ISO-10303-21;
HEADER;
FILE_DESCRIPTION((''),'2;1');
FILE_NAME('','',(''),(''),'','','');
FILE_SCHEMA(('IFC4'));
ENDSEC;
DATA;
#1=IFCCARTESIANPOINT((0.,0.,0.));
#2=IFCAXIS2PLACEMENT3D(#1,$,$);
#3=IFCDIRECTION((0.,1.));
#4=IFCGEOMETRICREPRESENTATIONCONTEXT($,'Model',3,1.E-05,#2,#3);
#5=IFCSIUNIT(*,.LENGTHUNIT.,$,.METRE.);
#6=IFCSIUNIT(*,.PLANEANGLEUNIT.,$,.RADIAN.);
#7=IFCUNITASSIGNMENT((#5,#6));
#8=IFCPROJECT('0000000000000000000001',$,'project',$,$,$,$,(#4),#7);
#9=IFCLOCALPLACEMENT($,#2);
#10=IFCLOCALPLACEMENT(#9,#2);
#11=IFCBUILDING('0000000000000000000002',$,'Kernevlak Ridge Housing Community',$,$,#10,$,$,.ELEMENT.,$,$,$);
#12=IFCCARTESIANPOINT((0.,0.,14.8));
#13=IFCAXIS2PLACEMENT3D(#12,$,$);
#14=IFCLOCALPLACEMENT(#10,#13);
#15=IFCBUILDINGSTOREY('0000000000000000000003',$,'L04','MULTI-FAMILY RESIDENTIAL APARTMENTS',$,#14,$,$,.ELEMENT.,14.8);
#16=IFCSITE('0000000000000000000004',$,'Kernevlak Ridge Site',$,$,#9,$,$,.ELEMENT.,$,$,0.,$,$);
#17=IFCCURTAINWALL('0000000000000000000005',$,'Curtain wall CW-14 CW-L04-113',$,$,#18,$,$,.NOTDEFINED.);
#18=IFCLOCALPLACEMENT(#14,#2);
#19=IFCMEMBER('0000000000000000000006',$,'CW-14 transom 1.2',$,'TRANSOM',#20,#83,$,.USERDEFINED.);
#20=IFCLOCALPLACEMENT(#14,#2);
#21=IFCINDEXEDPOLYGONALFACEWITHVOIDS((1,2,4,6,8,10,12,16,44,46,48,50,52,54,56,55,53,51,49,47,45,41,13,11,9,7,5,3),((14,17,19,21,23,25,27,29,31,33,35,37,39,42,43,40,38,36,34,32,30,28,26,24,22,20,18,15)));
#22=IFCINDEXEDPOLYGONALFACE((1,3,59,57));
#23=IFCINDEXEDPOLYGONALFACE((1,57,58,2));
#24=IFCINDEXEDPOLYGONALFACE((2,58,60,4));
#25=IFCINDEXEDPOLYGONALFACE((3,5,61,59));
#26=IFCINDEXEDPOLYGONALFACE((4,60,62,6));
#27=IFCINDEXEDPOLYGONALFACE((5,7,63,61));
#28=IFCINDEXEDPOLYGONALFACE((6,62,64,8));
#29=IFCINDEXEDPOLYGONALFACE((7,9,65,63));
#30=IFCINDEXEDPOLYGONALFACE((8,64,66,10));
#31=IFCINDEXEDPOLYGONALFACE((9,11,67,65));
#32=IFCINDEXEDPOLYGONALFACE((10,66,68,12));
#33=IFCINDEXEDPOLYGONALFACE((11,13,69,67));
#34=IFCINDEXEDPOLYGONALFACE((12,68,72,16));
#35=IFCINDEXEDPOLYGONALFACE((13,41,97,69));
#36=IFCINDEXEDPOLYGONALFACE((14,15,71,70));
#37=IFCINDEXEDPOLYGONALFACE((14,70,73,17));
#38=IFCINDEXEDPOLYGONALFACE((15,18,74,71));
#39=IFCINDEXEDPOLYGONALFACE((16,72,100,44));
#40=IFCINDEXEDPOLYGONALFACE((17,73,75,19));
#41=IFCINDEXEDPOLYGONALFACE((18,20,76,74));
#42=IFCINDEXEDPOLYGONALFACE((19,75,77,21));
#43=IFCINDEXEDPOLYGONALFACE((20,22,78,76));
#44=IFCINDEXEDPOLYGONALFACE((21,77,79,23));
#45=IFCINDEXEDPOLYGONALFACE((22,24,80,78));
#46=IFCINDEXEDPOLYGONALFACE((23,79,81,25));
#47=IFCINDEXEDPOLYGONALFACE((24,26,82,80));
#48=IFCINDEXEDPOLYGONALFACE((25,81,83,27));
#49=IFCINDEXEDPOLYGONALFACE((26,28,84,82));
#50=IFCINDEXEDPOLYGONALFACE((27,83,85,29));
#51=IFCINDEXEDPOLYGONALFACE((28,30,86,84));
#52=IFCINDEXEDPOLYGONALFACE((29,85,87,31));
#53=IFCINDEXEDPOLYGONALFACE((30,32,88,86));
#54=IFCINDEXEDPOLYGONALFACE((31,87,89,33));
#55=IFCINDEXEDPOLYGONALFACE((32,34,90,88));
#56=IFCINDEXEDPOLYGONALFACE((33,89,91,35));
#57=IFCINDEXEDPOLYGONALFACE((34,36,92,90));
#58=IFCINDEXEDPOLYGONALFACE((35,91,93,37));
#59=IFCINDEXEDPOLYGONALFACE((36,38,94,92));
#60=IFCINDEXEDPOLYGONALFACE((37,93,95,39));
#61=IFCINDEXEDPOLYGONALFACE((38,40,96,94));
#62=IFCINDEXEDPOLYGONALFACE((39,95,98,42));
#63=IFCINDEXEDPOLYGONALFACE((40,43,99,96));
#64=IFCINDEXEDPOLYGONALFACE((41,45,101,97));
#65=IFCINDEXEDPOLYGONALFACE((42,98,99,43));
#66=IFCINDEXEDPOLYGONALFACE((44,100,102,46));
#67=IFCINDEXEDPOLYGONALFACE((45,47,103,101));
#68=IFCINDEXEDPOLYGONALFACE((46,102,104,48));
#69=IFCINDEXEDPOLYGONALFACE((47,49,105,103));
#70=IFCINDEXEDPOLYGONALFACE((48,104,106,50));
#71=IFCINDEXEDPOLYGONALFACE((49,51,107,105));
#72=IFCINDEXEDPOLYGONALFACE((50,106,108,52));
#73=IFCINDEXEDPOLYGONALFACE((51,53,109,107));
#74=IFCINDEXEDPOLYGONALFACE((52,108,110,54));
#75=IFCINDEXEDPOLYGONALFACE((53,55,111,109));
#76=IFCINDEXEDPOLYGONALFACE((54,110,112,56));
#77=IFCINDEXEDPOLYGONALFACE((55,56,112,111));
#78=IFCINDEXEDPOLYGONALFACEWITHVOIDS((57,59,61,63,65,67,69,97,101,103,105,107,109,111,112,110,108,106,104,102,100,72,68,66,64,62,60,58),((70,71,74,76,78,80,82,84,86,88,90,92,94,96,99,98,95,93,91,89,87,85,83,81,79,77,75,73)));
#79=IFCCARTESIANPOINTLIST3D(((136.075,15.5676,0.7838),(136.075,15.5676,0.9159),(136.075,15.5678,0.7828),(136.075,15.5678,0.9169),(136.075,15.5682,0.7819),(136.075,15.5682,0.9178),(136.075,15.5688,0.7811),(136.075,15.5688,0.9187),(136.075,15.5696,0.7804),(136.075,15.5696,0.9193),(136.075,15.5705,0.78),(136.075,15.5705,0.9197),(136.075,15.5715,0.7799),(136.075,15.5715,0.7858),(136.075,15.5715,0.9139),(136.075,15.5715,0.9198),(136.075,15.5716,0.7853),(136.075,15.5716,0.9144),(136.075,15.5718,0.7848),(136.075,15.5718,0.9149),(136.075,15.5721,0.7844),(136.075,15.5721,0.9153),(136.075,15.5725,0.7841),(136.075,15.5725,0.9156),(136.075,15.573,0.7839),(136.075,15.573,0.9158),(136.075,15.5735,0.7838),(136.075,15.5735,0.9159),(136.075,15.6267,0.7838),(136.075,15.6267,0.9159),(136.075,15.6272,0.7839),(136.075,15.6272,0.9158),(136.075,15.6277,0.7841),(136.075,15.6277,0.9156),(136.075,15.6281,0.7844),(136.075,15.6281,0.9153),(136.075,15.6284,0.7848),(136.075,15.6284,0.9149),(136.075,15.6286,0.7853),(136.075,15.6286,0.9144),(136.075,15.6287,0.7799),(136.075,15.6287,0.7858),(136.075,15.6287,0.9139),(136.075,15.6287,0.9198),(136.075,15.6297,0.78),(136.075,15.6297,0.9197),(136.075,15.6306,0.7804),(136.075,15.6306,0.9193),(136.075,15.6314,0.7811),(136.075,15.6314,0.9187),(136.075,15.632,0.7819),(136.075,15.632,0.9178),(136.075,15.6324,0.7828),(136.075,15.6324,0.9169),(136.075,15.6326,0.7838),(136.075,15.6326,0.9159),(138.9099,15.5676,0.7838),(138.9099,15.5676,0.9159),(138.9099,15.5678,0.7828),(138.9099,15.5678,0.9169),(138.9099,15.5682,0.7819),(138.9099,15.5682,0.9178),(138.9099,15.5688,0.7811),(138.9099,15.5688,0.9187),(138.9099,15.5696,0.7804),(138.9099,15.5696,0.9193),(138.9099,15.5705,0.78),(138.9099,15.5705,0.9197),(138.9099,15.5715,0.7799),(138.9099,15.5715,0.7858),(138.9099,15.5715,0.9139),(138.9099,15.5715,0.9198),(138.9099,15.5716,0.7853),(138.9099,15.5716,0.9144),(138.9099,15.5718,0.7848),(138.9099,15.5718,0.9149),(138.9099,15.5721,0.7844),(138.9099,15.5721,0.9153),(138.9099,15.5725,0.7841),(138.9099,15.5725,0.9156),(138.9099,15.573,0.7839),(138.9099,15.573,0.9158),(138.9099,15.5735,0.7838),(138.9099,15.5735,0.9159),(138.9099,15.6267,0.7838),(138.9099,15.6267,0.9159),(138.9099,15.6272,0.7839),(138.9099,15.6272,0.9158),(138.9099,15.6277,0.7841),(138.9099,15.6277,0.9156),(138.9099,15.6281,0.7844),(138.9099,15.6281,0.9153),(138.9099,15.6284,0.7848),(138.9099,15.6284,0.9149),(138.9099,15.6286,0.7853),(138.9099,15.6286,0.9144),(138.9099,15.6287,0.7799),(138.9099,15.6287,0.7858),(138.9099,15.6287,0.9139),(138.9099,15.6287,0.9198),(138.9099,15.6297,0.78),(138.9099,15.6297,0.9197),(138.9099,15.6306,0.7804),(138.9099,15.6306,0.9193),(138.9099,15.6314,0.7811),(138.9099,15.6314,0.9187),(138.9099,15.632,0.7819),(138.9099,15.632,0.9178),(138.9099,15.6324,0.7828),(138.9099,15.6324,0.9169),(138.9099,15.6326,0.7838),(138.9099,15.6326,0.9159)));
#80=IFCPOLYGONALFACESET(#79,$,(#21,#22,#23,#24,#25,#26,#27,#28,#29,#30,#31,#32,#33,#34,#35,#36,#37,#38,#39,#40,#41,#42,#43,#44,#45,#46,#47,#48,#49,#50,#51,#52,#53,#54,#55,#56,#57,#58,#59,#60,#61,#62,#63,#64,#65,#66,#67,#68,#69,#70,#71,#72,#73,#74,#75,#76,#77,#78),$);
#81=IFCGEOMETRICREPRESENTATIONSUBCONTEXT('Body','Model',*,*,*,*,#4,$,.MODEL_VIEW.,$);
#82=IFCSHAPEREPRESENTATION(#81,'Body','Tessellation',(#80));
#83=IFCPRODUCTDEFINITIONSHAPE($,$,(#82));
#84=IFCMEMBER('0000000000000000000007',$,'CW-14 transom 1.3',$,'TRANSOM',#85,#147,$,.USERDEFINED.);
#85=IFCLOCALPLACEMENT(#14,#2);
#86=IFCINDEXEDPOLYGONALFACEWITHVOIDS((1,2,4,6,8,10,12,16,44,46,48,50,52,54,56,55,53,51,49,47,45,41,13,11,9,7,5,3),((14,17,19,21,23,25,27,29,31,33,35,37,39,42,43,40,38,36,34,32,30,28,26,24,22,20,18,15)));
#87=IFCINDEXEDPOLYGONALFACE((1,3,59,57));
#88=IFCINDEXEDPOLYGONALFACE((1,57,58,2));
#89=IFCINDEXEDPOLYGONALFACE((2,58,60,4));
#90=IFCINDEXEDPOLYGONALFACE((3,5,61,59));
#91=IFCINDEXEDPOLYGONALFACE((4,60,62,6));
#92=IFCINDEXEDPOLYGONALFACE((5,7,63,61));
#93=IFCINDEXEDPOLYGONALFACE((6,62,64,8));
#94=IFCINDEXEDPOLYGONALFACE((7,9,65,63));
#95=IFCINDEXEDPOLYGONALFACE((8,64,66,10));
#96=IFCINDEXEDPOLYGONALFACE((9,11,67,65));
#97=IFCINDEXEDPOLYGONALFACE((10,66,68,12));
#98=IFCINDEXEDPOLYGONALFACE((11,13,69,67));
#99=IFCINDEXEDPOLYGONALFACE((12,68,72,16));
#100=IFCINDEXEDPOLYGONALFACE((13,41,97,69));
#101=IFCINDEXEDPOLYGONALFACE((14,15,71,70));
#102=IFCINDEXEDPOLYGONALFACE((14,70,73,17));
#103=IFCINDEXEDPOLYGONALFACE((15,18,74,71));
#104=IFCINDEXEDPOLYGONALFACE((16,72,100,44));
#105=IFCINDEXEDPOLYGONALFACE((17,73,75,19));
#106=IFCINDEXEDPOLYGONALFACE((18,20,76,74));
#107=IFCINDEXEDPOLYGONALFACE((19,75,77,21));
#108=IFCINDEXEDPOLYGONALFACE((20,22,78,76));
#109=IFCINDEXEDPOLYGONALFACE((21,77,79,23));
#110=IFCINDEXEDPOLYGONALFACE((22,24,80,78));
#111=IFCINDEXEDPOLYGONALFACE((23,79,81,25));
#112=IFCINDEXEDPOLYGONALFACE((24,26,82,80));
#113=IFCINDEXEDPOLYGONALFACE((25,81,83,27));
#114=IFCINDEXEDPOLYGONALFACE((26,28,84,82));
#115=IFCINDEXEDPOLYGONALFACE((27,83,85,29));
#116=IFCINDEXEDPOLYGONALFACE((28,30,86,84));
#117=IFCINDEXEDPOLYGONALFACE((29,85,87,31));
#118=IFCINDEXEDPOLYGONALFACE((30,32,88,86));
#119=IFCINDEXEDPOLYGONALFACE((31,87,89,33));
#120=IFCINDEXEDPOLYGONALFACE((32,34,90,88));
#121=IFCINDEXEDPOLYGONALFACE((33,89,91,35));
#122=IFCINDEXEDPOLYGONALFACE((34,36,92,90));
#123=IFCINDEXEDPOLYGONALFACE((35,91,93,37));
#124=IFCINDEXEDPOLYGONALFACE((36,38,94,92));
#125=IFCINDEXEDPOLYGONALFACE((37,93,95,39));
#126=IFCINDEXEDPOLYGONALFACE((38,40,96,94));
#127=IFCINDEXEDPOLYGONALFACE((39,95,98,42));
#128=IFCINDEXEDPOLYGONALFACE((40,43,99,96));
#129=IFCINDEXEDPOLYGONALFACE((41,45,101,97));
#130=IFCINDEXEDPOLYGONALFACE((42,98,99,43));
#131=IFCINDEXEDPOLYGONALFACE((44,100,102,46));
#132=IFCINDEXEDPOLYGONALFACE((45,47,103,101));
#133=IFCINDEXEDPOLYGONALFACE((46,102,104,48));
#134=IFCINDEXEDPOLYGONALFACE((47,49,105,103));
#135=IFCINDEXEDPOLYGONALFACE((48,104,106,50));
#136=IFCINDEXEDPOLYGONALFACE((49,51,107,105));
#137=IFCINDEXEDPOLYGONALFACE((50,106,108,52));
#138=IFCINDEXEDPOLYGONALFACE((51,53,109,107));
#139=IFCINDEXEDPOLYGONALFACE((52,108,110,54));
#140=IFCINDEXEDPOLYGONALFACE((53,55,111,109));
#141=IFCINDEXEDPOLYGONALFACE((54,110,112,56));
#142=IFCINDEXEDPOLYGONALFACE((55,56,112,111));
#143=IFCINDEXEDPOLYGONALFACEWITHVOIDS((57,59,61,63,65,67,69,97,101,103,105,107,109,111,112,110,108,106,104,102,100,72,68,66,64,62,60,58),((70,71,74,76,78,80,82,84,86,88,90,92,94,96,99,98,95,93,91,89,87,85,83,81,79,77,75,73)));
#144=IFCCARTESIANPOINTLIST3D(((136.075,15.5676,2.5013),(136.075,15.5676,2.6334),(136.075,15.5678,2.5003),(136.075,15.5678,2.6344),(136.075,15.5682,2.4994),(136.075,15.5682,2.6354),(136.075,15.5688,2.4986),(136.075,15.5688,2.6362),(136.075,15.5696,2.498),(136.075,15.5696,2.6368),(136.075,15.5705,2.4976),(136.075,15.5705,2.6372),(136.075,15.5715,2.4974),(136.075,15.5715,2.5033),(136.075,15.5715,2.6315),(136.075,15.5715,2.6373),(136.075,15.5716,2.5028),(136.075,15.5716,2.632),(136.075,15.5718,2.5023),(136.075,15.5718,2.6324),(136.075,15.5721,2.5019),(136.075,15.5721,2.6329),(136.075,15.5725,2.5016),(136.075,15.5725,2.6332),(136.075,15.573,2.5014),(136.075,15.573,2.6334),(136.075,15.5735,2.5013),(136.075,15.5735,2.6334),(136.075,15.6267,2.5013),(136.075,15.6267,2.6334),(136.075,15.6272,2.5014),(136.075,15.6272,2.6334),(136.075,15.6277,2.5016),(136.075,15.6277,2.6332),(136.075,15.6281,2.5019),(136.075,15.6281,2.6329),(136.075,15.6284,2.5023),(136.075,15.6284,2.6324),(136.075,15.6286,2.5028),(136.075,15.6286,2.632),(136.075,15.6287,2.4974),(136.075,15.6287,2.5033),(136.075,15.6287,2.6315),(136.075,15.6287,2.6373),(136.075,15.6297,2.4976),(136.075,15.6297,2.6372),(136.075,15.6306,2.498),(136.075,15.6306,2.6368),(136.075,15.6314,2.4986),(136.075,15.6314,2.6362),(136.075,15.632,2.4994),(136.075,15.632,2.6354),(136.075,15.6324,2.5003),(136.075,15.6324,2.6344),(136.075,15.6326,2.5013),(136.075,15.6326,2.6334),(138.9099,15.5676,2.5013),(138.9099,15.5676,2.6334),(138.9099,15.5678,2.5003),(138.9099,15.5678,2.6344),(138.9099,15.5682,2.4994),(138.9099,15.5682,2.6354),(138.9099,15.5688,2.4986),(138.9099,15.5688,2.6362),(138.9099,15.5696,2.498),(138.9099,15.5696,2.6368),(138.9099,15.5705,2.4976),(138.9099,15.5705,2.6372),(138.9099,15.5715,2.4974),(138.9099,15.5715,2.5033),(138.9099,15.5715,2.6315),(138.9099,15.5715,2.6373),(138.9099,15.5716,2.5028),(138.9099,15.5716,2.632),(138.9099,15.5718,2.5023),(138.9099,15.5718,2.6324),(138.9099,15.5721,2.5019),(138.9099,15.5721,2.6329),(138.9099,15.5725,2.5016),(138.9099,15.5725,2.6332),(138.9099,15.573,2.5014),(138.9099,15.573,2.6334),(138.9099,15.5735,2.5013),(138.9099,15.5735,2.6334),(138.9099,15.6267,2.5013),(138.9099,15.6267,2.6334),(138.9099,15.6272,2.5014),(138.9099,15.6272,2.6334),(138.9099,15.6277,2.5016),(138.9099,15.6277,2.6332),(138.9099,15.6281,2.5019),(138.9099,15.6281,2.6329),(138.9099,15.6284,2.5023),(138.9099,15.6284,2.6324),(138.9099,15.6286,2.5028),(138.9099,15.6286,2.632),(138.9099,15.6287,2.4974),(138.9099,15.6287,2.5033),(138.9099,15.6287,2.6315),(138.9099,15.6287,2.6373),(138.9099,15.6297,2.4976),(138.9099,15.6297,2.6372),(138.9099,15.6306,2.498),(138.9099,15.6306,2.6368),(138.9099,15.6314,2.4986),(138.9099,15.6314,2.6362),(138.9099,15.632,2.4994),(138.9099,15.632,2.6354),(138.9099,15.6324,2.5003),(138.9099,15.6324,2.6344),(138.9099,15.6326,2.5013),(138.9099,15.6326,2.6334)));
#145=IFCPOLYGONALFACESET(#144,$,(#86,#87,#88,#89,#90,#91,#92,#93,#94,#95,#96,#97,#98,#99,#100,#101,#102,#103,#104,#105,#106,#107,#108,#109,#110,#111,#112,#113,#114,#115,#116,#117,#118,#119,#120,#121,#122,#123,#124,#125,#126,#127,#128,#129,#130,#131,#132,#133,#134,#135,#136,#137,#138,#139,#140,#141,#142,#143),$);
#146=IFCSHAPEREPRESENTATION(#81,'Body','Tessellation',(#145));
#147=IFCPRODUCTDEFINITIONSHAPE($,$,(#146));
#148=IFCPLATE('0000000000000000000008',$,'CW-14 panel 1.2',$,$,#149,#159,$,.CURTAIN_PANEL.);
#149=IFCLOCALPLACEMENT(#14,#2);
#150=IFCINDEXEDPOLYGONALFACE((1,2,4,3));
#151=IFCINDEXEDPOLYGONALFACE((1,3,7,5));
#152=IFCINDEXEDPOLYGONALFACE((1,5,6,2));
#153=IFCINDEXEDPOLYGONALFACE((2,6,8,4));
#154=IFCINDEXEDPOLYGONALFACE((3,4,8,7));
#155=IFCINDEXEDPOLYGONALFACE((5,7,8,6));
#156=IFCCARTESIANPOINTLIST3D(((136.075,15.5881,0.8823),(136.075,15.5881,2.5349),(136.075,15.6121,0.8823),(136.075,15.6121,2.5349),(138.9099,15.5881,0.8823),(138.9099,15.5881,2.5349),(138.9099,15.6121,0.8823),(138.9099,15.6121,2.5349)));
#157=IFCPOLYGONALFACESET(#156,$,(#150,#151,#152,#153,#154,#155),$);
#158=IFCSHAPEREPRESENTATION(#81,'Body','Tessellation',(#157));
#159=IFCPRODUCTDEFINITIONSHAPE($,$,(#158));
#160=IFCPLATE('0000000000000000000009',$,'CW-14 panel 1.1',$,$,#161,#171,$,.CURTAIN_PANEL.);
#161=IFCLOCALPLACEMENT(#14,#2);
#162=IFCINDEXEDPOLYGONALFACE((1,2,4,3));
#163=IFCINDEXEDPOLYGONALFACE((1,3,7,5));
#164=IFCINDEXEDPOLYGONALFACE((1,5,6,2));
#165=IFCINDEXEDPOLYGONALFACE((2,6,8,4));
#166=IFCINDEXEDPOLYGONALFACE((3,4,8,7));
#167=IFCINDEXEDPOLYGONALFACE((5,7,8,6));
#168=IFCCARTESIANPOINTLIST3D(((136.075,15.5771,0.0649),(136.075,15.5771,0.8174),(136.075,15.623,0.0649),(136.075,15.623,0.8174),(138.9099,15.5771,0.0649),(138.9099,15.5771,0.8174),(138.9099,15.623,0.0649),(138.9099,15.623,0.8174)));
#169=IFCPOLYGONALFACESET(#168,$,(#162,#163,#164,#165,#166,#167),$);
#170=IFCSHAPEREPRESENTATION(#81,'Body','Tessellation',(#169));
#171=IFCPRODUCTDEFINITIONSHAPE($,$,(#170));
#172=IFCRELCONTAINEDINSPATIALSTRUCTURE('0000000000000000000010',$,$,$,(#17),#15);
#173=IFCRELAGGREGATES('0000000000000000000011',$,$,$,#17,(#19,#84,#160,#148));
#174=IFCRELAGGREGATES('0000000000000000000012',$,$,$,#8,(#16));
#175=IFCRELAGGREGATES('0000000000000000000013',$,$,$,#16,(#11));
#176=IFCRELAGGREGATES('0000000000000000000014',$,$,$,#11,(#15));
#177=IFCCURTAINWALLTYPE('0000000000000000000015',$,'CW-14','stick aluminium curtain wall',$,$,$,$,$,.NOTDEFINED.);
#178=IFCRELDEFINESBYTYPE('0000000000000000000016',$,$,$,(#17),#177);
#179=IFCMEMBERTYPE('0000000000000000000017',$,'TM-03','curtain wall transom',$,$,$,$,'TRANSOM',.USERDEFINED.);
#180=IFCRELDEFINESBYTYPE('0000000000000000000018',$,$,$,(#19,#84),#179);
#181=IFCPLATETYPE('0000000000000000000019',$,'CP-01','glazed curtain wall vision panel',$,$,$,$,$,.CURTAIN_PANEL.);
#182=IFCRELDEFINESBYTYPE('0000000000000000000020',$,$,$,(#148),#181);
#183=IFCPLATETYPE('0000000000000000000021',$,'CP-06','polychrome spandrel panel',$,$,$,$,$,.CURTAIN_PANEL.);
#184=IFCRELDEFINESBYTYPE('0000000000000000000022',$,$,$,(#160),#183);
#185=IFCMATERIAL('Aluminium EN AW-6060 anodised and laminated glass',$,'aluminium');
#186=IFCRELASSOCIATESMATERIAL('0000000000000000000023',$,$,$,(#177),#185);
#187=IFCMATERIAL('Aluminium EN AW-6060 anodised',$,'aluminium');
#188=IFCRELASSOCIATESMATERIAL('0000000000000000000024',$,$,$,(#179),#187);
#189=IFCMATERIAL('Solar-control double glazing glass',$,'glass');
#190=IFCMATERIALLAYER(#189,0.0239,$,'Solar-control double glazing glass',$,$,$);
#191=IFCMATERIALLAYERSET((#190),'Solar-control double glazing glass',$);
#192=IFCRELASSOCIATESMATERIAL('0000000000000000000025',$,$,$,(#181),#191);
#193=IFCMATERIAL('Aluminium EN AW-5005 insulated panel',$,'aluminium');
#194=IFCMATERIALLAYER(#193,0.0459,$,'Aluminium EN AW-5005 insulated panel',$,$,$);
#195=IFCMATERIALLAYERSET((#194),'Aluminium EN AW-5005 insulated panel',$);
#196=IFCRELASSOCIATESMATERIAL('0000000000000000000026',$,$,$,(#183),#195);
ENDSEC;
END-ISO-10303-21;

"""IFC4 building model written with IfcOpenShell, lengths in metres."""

from ifc_helpers import new_model, si_unit, direction, frame, origin, origin_2d, place, context, subcontext, project, spatial, rectangle, hollow_rectangle, extrude, material, layer, layer_set, material_profile, profile_set, type_object, element, aggregate, save


model = new_model("IFC4")

# Units and contexts
model_context = context("Model", 3, precision=1e-05, world=origin(), true_north=direction((0.0, 1.0)))
body_context = subcontext(model_context, "Body", "Model", "MODEL_VIEW")
ifc_project = project(units=[si_unit("LENGTHUNIT", "METRE"), si_unit("PLANEANGLEUNIT", "RADIAN")], contexts=[model_context])

# Site, building, storey
site_placement = place(None, origin())
site = spatial("IfcSite", under=ifc_project, at=site_placement, Name="Kernevlak Ridge Site", CompositionType="ELEMENT", RefElevation=0.0)
building_placement = place(site_placement, origin())
building = spatial("IfcBuilding", under=site, at=building_placement, Name="Kernevlak Ridge Housing Community", CompositionType="ELEMENT")
storey_placement = place(building_placement, frame((0.0, 0.0, 14.8)))
storey = spatial("IfcBuildingStorey", under=building, at=storey_placement, Name="L04", Description="MULTI-FAMILY RESIDENTIAL APARTMENTS", CompositionType="ELEMENT", Elevation=14.8)

# Shared definitions
ifc_material_1 = material(Name="Aluminium EN AW-6060 anodised and laminated glass", Category="aluminium")
ifc_material_2 = material(Name="Aluminium EN AW-6060 anodised", Category="aluminium")

# Curtain wall, members, plates
curtain_wall_type_1 = type_object("IfcCurtainWallType", Name="CW-14", Description="stick aluminium curtain wall", PredefinedType="NOTDEFINED", material=ifc_material_1)
curtain_wall_1_placement = place(storey_placement, origin())
curtain_wall_1 = element("IfcCurtainWall", 1, at=curtain_wall_1_placement, inside=storey, type_object=curtain_wall_type_1, Name="Curtain wall CW-14 CW-L04-113", PredefinedType="NOTDEFINED")
ifc_material_profile_1 = material_profile(ifc_material_2, hollow_rectangle(XDim=0.0649, YDim=0.1399, WallThickness=0.0039, InnerFilletRadius=0.002, OuterFilletRadius=0.0039, at=origin_2d()), Name="ALU 65x140x4")
ifc_profile_set_1 = profile_set([ifc_material_profile_1], Name="Aluminium EN AW-6060 anodised")
member_type_1 = type_object("IfcMemberType", Name="TM-03", Description="curtain wall transom", ElementType="TRANSOM", PredefinedType="USERDEFINED", material=ifc_profile_set_1)
member_1_placement = place(storey_placement, frame((136.075, 15.6001, 0.8499), z_axis=(1.0, 0.0, 0.0), x_axis=(0.0, 1.0, 0.0)))
member_1 = element("IfcMember", 2, at=member_1_placement, type_object=member_type_1, Name="CW-14 transom 1.2", ObjectType="TRANSOM", PredefinedType="USERDEFINED", context=body_context, shape_type="SweptSolid", body=[
    extrude(hollow_rectangle(XDim=0.0649, YDim=0.1399, WallThickness=0.0039, InnerFilletRadius=0.002, OuterFilletRadius=0.0039, at=origin_2d()), origin(), (0.0, 0.0, 1.0), 2.835),
])
member_2_placement = place(storey_placement, frame((136.075, 15.6001, 2.5674), z_axis=(1.0, 0.0, 0.0), x_axis=(0.0, 1.0, 0.0)))
member_2 = element("IfcMember", 3, at=member_2_placement, type_object=member_type_1, Name="CW-14 transom 1.3", ObjectType="TRANSOM", PredefinedType="USERDEFINED", context=body_context, shape_type="SweptSolid", body=[
    extrude(hollow_rectangle(XDim=0.0649, YDim=0.1399, WallThickness=0.0039, InnerFilletRadius=0.002, OuterFilletRadius=0.0039, at=origin_2d()), origin(), (0.0, 0.0, 1.0), 2.835),
])
ifc_material_3 = material(Name="Solar-control double glazing glass", Category="glass")
ifc_layer_1 = layer(ifc_material_3, 0.0239, Name="Solar-control double glazing glass")
ifc_layer_set_1 = layer_set([ifc_layer_1], Name="Solar-control double glazing glass")
plate_type_1 = type_object("IfcPlateType", Name="CP-01", Description="glazed curtain wall vision panel", PredefinedType="CURTAIN_PANEL", material=ifc_layer_set_1)
plate_1_placement = place(storey_placement, frame((137.4924, 15.6001, 0.8823), z_axis=(0.0, 0.0, 1.0), x_axis=(1.0, 0.0, 0.0)))
plate_1 = element("IfcPlate", 4, at=plate_1_placement, type_object=plate_type_1, Name="CW-14 panel 1.2", PredefinedType="CURTAIN_PANEL", context=body_context, shape_type="SweptSolid", body=[
    extrude(rectangle(XDim=2.835, YDim=0.0239, at=origin_2d()), origin(), (0.0, 0.0, 1.0), 1.6526),
])
ifc_material_4 = material(Name="Aluminium EN AW-5005 insulated panel", Category="aluminium")
ifc_layer_2 = layer(ifc_material_4, 0.0459, Name="Aluminium EN AW-5005 insulated panel")
ifc_layer_set_2 = layer_set([ifc_layer_2], Name="Aluminium EN AW-5005 insulated panel")
plate_type_2 = type_object("IfcPlateType", Name="CP-06", Description="polychrome spandrel panel", PredefinedType="CURTAIN_PANEL", material=ifc_layer_set_2)
plate_2_placement = place(storey_placement, frame((137.4924, 15.6001, 0.0649), z_axis=(0.0, 0.0, 1.0), x_axis=(1.0, 0.0, 0.0)))
plate_2 = element("IfcPlate", 5, at=plate_2_placement, type_object=plate_type_2, Name="CW-14 panel 1.1", PredefinedType="CURTAIN_PANEL", context=body_context, shape_type="SweptSolid", body=[
    extrude(rectangle(XDim=2.835, YDim=0.0459, at=origin_2d()), origin(), (0.0, 0.0, 1.0), 0.7524),
])
aggregate(curtain_wall_1, [member_1, member_2, plate_2, plate_1])

save(model, "model.ifc")
